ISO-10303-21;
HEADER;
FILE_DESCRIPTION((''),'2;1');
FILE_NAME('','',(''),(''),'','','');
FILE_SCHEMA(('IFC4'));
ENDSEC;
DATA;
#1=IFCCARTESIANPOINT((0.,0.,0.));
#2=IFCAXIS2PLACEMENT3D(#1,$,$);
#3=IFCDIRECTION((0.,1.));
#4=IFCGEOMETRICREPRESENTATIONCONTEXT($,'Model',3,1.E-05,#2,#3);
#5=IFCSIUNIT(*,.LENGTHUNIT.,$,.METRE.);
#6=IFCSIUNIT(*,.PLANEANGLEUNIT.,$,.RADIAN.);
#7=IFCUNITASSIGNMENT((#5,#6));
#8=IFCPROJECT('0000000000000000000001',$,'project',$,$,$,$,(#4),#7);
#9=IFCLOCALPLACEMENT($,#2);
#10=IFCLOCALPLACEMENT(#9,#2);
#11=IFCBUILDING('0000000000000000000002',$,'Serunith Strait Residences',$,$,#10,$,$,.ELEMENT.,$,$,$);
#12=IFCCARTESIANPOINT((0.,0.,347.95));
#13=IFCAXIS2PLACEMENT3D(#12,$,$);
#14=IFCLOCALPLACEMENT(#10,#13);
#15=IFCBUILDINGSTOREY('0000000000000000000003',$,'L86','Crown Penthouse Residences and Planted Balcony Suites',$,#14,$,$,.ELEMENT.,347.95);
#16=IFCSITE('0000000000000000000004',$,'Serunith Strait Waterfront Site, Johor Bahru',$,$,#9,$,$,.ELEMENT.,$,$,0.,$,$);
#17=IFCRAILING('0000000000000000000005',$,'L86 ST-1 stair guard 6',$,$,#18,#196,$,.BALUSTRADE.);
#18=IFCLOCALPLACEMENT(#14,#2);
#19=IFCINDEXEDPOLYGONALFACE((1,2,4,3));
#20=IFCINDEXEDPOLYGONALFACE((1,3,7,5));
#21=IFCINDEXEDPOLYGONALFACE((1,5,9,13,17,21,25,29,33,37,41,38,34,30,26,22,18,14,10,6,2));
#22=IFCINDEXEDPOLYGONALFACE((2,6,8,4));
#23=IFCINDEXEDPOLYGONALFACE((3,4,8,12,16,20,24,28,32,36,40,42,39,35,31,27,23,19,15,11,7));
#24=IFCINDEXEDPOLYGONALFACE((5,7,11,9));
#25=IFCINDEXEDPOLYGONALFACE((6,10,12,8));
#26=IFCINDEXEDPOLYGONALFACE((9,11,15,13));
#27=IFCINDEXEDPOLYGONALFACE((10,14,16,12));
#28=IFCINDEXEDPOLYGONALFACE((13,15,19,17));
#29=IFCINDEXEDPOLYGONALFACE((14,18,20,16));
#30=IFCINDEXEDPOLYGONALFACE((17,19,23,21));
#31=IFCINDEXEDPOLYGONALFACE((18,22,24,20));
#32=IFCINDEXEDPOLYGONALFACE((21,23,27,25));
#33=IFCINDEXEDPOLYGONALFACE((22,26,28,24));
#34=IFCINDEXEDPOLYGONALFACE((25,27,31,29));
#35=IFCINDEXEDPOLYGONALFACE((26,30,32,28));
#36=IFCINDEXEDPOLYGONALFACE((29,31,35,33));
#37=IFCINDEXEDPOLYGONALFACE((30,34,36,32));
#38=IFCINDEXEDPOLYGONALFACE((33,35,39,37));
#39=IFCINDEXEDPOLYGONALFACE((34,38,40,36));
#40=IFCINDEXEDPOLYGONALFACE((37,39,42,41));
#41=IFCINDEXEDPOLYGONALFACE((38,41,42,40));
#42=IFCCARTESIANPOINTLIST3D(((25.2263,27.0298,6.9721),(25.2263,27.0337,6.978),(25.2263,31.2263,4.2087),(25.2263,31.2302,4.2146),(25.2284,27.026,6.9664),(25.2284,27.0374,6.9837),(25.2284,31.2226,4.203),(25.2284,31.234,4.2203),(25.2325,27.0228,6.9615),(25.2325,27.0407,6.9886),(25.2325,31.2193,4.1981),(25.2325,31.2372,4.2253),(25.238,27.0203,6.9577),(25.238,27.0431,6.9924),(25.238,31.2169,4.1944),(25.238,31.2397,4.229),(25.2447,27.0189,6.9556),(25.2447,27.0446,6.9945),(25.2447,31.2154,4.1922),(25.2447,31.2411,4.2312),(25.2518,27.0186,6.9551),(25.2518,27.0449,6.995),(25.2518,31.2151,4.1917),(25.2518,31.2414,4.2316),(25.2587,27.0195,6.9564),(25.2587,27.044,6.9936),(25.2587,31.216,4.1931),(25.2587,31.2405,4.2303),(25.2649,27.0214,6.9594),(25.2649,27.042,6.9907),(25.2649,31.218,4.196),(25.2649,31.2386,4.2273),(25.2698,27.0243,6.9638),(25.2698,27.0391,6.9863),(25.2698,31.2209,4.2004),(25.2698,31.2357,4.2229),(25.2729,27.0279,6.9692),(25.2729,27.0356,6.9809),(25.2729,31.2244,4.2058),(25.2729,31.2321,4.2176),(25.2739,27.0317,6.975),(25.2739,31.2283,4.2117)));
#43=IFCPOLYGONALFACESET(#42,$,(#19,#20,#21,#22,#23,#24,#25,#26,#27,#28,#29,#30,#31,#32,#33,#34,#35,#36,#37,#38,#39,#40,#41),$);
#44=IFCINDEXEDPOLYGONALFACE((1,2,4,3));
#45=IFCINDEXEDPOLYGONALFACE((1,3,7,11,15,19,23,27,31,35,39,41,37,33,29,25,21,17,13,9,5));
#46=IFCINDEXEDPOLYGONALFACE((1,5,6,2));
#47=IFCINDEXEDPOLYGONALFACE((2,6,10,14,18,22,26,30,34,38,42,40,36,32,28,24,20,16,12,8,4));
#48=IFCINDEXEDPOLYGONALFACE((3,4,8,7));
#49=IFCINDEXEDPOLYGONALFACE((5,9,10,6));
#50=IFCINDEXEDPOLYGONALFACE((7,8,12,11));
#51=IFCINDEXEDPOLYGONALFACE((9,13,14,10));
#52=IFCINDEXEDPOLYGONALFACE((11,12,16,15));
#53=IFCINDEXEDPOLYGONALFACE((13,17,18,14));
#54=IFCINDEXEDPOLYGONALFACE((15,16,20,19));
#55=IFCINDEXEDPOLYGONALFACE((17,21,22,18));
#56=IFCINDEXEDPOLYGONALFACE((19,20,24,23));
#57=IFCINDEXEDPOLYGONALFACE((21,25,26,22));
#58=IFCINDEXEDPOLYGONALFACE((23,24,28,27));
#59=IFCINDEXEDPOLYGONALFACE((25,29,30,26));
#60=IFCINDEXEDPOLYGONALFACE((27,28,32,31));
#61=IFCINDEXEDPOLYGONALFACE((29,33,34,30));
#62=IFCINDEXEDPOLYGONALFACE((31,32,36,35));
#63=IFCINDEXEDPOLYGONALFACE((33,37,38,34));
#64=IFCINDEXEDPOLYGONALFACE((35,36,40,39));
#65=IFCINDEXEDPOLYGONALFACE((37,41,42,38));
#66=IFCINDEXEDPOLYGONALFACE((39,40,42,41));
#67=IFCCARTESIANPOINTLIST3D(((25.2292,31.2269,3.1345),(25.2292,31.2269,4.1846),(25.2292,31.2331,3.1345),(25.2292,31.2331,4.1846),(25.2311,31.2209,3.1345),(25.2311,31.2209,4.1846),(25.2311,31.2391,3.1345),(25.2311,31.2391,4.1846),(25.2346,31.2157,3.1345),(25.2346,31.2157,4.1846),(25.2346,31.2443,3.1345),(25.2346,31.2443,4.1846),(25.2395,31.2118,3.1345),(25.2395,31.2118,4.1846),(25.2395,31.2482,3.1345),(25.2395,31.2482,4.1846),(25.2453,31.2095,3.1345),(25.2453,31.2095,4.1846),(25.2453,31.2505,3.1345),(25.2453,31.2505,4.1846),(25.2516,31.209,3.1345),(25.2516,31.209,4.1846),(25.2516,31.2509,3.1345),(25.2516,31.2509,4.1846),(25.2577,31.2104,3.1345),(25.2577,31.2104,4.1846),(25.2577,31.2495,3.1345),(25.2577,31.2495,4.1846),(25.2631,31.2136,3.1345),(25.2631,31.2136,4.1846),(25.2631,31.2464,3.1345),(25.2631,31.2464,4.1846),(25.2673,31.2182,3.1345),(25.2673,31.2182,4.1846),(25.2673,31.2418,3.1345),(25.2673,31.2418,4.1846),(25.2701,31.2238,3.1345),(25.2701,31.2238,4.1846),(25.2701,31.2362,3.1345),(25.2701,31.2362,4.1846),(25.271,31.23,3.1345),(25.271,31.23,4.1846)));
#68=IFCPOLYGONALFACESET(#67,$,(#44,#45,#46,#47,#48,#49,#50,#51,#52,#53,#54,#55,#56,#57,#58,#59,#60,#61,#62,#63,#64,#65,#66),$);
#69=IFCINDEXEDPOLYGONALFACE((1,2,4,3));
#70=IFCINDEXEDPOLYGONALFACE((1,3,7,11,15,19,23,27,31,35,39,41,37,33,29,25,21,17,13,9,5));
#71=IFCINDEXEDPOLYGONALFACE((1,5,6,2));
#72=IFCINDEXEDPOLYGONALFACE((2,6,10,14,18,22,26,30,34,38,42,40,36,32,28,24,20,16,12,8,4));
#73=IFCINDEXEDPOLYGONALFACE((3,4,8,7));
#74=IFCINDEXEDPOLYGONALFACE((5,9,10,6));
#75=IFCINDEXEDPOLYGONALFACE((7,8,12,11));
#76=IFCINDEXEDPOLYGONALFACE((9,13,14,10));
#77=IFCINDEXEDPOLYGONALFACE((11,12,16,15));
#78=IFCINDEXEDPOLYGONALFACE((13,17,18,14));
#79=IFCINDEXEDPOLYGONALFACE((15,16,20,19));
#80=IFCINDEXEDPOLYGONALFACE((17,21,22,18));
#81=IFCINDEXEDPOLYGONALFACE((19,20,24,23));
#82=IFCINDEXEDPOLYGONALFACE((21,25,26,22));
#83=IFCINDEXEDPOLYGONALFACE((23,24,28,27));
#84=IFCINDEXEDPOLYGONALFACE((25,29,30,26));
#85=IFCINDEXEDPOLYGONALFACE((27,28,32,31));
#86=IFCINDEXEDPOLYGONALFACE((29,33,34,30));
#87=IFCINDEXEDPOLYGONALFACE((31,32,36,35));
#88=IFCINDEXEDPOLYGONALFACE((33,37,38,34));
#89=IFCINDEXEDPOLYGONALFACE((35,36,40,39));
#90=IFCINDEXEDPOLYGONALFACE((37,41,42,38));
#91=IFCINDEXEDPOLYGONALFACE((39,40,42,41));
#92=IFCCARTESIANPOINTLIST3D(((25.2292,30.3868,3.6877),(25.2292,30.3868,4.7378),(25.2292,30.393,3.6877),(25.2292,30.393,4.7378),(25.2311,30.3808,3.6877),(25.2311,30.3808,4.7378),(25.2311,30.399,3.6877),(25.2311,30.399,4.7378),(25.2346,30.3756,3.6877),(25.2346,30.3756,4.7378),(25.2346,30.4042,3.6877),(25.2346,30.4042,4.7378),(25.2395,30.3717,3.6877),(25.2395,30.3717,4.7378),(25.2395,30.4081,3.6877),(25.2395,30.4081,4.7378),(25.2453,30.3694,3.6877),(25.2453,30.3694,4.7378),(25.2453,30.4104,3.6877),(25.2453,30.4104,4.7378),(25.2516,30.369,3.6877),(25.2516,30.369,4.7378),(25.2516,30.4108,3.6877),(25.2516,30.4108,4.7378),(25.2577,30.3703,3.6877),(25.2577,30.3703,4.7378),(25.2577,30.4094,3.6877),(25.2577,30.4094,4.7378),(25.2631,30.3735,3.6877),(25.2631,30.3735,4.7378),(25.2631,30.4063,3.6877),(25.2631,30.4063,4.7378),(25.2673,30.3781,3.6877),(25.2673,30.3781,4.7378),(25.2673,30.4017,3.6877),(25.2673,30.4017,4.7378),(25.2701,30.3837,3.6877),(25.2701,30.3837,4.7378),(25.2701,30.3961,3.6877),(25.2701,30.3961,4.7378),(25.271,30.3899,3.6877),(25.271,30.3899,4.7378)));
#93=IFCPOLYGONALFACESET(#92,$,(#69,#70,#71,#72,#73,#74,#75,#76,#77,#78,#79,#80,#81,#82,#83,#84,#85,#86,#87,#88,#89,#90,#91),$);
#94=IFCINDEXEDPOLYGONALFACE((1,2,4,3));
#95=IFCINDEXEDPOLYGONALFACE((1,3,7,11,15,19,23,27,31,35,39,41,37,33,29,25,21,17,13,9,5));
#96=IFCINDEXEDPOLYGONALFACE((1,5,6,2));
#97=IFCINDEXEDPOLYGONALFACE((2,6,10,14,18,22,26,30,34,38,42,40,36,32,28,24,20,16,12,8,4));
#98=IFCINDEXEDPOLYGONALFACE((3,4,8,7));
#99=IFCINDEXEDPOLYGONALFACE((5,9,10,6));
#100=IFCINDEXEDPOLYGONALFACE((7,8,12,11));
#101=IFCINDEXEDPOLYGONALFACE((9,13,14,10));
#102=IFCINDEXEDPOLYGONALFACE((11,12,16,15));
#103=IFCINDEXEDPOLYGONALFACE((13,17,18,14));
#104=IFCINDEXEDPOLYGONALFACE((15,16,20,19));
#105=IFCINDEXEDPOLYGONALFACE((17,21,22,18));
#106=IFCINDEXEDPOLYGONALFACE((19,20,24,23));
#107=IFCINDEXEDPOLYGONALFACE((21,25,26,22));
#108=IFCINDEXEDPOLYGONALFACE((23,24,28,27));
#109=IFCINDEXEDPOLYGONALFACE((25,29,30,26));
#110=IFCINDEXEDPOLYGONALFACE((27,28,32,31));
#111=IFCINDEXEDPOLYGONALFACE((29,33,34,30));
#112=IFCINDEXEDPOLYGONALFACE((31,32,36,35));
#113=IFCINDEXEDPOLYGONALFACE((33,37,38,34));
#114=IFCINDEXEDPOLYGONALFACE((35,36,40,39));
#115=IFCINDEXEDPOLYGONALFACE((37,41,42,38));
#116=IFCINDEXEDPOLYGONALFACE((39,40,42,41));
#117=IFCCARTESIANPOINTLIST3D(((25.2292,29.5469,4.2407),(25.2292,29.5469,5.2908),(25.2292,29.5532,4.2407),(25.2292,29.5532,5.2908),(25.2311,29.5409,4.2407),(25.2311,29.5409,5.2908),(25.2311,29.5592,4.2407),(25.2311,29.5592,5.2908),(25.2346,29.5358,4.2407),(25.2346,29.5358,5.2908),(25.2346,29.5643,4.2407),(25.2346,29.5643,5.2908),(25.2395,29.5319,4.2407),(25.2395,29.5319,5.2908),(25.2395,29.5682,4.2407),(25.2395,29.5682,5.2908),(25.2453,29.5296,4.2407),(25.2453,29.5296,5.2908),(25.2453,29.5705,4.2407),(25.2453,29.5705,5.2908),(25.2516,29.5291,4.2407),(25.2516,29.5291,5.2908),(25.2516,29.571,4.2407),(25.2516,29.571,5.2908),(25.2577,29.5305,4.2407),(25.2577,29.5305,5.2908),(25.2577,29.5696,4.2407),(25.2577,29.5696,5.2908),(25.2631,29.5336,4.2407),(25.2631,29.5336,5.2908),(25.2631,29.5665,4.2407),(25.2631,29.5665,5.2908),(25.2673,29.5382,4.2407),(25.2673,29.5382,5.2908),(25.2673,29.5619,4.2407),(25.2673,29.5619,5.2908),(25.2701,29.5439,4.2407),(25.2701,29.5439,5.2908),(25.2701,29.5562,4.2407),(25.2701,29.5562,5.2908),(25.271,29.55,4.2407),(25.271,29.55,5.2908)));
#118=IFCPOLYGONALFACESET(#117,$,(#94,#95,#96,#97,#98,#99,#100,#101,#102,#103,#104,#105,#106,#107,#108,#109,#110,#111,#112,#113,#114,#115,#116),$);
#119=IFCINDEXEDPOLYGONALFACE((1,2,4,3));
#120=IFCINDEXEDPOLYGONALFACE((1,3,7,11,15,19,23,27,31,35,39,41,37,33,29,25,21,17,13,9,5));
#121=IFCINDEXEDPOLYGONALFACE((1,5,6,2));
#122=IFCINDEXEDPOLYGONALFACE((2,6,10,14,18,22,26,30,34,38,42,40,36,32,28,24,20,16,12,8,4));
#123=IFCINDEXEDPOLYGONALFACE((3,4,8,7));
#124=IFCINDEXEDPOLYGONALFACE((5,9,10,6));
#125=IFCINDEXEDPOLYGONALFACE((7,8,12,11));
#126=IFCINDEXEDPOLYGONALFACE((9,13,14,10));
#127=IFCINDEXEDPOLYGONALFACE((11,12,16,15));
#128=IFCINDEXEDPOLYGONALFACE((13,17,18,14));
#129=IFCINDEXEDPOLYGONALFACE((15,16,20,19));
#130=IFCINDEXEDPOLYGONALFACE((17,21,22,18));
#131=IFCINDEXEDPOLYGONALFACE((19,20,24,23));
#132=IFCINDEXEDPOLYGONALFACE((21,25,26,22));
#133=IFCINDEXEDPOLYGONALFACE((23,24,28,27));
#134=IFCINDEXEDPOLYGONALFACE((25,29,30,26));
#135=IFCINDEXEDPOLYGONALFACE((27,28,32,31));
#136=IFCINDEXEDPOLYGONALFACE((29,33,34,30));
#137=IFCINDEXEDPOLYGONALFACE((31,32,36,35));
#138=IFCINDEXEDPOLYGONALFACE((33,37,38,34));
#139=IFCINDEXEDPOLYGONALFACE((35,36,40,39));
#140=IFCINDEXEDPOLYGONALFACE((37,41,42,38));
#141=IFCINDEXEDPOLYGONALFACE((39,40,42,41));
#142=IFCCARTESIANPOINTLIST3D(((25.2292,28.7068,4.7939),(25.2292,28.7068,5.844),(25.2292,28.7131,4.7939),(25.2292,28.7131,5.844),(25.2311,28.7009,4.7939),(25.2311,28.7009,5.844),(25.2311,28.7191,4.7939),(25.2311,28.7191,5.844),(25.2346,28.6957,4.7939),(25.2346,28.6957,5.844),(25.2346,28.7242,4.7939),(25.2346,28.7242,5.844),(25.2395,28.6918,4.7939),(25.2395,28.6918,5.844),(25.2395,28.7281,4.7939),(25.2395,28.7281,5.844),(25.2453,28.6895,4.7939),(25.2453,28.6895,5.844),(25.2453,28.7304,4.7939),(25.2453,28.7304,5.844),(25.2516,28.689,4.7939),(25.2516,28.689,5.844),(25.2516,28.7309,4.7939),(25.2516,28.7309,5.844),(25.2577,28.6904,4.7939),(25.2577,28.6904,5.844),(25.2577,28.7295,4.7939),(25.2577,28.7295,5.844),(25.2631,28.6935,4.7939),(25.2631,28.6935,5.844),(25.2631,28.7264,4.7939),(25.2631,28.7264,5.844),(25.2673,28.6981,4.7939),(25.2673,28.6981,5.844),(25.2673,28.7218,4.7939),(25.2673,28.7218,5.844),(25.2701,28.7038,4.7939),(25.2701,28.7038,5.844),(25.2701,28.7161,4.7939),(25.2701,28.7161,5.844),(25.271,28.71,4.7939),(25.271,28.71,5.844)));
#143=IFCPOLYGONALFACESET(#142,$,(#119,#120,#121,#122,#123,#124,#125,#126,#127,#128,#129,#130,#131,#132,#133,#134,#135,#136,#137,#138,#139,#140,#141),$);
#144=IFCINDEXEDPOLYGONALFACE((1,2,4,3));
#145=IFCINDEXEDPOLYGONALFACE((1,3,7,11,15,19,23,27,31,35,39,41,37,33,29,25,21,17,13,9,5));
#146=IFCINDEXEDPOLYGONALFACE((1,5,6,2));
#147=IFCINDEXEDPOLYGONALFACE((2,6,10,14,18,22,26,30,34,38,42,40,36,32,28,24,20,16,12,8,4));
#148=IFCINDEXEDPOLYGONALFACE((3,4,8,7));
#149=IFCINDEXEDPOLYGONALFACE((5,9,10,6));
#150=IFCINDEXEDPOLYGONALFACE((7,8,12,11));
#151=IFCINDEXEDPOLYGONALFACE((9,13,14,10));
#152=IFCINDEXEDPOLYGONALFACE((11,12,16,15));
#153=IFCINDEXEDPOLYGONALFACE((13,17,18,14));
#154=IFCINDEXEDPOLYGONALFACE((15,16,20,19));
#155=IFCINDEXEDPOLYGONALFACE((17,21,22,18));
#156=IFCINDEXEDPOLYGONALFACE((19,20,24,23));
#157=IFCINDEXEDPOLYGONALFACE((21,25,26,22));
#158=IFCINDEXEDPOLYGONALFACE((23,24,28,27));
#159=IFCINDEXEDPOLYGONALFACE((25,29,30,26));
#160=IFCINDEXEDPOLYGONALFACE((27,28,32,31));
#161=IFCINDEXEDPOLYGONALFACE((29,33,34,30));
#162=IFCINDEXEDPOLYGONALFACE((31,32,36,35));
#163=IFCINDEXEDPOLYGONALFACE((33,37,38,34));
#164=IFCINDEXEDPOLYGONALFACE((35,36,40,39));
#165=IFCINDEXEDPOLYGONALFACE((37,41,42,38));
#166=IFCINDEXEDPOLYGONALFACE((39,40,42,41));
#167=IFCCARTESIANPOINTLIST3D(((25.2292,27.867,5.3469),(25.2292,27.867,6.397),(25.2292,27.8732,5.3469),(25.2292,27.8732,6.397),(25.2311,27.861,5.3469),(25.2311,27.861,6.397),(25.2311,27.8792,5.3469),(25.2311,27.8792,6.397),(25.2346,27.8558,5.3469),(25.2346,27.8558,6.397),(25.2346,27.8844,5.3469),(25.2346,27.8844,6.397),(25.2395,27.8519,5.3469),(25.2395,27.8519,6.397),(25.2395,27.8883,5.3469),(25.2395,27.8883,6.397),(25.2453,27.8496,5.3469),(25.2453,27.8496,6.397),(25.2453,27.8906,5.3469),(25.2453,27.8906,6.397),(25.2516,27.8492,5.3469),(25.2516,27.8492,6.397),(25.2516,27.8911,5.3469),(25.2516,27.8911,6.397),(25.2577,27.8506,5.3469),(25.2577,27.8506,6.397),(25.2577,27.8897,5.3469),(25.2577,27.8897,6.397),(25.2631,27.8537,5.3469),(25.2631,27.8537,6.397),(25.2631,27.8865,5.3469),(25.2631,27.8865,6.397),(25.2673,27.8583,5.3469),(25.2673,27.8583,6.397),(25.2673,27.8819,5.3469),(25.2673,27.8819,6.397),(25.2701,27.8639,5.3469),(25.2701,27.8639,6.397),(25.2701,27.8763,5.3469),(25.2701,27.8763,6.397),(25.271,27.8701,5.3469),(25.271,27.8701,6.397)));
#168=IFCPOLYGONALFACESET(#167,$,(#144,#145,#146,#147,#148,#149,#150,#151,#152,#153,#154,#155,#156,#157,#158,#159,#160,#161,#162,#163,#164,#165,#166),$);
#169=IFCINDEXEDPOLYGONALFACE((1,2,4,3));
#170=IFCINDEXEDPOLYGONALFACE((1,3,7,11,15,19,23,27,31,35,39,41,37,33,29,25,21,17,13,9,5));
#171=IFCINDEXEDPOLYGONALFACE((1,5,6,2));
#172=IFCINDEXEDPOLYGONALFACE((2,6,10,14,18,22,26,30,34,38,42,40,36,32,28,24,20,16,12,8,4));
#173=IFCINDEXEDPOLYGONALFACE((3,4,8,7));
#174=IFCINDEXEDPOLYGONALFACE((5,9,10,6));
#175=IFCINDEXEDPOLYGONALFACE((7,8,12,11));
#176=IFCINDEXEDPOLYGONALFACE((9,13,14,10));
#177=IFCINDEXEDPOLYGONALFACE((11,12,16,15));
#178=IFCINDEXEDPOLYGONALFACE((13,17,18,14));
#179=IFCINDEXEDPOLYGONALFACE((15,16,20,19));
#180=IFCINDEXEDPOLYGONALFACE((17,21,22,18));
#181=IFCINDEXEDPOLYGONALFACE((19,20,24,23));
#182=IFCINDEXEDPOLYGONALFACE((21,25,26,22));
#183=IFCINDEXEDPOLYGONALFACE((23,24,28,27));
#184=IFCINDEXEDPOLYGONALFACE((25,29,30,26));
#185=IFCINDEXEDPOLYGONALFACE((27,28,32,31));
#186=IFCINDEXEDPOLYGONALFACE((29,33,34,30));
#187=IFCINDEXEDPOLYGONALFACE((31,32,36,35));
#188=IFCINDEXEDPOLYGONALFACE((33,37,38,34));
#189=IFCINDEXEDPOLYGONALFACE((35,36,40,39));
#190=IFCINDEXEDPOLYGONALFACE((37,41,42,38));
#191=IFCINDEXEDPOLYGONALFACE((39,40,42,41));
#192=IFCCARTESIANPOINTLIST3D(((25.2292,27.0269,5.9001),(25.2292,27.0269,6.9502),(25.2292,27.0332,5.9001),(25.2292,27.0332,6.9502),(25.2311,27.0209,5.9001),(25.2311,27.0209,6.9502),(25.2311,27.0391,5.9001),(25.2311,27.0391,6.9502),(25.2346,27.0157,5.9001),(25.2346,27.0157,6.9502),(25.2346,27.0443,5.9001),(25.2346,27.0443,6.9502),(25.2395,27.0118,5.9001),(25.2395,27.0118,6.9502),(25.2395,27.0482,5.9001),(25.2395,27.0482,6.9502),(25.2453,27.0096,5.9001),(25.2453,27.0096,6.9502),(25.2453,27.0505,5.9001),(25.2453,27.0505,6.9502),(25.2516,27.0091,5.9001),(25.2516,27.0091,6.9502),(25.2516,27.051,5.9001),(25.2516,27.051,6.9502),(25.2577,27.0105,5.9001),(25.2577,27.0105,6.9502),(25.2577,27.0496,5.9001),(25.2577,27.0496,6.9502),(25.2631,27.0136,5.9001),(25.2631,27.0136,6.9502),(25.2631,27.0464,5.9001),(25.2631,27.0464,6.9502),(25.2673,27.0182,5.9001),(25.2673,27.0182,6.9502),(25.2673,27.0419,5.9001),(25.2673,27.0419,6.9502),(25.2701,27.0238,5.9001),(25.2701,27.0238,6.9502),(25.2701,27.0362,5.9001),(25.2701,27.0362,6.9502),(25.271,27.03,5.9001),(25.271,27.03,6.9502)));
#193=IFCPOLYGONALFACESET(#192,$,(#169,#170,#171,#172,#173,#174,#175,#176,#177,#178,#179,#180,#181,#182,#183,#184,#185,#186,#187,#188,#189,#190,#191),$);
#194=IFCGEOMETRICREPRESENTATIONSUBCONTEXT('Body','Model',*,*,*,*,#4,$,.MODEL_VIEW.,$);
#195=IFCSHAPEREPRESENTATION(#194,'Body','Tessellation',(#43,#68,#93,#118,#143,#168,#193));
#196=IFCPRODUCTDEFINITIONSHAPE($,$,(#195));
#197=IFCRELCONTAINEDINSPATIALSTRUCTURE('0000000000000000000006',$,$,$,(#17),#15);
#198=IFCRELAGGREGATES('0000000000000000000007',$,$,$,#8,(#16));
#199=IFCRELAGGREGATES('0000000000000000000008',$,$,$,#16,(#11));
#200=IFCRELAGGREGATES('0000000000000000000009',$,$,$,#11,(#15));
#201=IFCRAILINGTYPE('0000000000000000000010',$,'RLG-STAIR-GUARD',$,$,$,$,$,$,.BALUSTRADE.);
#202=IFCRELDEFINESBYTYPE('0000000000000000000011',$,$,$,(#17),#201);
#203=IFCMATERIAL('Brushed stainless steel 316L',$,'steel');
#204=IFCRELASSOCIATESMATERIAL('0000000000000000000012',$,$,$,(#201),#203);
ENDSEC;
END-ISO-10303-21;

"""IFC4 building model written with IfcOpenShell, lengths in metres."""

from ifc_helpers import new_model, si_unit, direction, frame, origin, origin_2d, place, context, subcontext, project, spatial, circle, extrude, material, type_object, element, save


model = new_model("IFC4")

# Units and contexts
model_context = context("Model", 3, precision=1e-05, world=origin(), true_north=direction((0.0, 1.0)))
body_context = subcontext(model_context, "Body", "Model", "MODEL_VIEW")
ifc_project = project(units=[si_unit("LENGTHUNIT", "METRE"), si_unit("PLANEANGLEUNIT", "RADIAN")], contexts=[model_context])

# Site, building, storey
site_placement = place(None, origin())
site = spatial("IfcSite", under=ifc_project, at=site_placement, Name="Serunith Strait Waterfront Site, Johor Bahru", CompositionType="ELEMENT", RefElevation=0.0)
building_placement = place(site_placement, origin())
building = spatial("IfcBuilding", under=site, at=building_placement, Name="Serunith Strait Residences", CompositionType="ELEMENT")
storey_placement = place(building_placement, frame((0.0, 0.0, 347.95)))
storey = spatial("IfcBuildingStorey", under=building, at=storey_placement, Name="L86", Description="Crown Penthouse Residences and Planted Balcony Suites", CompositionType="ELEMENT", Elevation=347.95)

# Railing
ifc_material_1 = material(Name="Brushed stainless steel 316L", Category="steel")
railing_type_1 = type_object("IfcRailingType", Name="RLG-STAIR-GUARD", PredefinedType="BALUSTRADE", material=ifc_material_1)
railing_1_placement = place(storey_placement, frame((25.25, 31.23, 3.1345)))
element("IfcRailing", 1, at=railing_1_placement, inside=storey, type_object=railing_type_1, Name="L86 ST-1 stair guard 6", PredefinedType="BALUSTRADE", context=body_context, shape_type="SweptSolid", body=[
    extrude(circle(Radius=0.0239, at=origin_2d()), frame((0.0, -0.0017, 1.0771), z_axis=(0.0, -0.835189, 0.549963), x_axis=(1.0, 0.0, 0.0)), (0.0, 0.0, 1.0), 5.0247),
    extrude(circle(Radius=0.021, at=origin_2d()), origin(), (0.0, 0.0, 1.0), 1.05),
    extrude(circle(Radius=0.021, at=origin_2d()), frame((0.0, -0.8401, 0.5532)), (0.0, 0.0, 1.0), 1.05),
    extrude(circle(Radius=0.021, at=origin_2d()), frame((0.0, -1.6799, 1.1062)), (0.0, 0.0, 1.0), 1.05),
    extrude(circle(Radius=0.021, at=origin_2d()), frame((0.0, -2.52, 1.6594)), (0.0, 0.0, 1.0), 1.05),
    extrude(circle(Radius=0.021, at=origin_2d()), frame((0.0, -3.3599, 2.2124)), (0.0, 0.0, 1.0), 1.05),
    extrude(circle(Radius=0.021, at=origin_2d()), frame((0.0, -4.2, 2.7656)), (0.0, 0.0, 1.0), 1.05),
])

save(model, "model.ifc")
